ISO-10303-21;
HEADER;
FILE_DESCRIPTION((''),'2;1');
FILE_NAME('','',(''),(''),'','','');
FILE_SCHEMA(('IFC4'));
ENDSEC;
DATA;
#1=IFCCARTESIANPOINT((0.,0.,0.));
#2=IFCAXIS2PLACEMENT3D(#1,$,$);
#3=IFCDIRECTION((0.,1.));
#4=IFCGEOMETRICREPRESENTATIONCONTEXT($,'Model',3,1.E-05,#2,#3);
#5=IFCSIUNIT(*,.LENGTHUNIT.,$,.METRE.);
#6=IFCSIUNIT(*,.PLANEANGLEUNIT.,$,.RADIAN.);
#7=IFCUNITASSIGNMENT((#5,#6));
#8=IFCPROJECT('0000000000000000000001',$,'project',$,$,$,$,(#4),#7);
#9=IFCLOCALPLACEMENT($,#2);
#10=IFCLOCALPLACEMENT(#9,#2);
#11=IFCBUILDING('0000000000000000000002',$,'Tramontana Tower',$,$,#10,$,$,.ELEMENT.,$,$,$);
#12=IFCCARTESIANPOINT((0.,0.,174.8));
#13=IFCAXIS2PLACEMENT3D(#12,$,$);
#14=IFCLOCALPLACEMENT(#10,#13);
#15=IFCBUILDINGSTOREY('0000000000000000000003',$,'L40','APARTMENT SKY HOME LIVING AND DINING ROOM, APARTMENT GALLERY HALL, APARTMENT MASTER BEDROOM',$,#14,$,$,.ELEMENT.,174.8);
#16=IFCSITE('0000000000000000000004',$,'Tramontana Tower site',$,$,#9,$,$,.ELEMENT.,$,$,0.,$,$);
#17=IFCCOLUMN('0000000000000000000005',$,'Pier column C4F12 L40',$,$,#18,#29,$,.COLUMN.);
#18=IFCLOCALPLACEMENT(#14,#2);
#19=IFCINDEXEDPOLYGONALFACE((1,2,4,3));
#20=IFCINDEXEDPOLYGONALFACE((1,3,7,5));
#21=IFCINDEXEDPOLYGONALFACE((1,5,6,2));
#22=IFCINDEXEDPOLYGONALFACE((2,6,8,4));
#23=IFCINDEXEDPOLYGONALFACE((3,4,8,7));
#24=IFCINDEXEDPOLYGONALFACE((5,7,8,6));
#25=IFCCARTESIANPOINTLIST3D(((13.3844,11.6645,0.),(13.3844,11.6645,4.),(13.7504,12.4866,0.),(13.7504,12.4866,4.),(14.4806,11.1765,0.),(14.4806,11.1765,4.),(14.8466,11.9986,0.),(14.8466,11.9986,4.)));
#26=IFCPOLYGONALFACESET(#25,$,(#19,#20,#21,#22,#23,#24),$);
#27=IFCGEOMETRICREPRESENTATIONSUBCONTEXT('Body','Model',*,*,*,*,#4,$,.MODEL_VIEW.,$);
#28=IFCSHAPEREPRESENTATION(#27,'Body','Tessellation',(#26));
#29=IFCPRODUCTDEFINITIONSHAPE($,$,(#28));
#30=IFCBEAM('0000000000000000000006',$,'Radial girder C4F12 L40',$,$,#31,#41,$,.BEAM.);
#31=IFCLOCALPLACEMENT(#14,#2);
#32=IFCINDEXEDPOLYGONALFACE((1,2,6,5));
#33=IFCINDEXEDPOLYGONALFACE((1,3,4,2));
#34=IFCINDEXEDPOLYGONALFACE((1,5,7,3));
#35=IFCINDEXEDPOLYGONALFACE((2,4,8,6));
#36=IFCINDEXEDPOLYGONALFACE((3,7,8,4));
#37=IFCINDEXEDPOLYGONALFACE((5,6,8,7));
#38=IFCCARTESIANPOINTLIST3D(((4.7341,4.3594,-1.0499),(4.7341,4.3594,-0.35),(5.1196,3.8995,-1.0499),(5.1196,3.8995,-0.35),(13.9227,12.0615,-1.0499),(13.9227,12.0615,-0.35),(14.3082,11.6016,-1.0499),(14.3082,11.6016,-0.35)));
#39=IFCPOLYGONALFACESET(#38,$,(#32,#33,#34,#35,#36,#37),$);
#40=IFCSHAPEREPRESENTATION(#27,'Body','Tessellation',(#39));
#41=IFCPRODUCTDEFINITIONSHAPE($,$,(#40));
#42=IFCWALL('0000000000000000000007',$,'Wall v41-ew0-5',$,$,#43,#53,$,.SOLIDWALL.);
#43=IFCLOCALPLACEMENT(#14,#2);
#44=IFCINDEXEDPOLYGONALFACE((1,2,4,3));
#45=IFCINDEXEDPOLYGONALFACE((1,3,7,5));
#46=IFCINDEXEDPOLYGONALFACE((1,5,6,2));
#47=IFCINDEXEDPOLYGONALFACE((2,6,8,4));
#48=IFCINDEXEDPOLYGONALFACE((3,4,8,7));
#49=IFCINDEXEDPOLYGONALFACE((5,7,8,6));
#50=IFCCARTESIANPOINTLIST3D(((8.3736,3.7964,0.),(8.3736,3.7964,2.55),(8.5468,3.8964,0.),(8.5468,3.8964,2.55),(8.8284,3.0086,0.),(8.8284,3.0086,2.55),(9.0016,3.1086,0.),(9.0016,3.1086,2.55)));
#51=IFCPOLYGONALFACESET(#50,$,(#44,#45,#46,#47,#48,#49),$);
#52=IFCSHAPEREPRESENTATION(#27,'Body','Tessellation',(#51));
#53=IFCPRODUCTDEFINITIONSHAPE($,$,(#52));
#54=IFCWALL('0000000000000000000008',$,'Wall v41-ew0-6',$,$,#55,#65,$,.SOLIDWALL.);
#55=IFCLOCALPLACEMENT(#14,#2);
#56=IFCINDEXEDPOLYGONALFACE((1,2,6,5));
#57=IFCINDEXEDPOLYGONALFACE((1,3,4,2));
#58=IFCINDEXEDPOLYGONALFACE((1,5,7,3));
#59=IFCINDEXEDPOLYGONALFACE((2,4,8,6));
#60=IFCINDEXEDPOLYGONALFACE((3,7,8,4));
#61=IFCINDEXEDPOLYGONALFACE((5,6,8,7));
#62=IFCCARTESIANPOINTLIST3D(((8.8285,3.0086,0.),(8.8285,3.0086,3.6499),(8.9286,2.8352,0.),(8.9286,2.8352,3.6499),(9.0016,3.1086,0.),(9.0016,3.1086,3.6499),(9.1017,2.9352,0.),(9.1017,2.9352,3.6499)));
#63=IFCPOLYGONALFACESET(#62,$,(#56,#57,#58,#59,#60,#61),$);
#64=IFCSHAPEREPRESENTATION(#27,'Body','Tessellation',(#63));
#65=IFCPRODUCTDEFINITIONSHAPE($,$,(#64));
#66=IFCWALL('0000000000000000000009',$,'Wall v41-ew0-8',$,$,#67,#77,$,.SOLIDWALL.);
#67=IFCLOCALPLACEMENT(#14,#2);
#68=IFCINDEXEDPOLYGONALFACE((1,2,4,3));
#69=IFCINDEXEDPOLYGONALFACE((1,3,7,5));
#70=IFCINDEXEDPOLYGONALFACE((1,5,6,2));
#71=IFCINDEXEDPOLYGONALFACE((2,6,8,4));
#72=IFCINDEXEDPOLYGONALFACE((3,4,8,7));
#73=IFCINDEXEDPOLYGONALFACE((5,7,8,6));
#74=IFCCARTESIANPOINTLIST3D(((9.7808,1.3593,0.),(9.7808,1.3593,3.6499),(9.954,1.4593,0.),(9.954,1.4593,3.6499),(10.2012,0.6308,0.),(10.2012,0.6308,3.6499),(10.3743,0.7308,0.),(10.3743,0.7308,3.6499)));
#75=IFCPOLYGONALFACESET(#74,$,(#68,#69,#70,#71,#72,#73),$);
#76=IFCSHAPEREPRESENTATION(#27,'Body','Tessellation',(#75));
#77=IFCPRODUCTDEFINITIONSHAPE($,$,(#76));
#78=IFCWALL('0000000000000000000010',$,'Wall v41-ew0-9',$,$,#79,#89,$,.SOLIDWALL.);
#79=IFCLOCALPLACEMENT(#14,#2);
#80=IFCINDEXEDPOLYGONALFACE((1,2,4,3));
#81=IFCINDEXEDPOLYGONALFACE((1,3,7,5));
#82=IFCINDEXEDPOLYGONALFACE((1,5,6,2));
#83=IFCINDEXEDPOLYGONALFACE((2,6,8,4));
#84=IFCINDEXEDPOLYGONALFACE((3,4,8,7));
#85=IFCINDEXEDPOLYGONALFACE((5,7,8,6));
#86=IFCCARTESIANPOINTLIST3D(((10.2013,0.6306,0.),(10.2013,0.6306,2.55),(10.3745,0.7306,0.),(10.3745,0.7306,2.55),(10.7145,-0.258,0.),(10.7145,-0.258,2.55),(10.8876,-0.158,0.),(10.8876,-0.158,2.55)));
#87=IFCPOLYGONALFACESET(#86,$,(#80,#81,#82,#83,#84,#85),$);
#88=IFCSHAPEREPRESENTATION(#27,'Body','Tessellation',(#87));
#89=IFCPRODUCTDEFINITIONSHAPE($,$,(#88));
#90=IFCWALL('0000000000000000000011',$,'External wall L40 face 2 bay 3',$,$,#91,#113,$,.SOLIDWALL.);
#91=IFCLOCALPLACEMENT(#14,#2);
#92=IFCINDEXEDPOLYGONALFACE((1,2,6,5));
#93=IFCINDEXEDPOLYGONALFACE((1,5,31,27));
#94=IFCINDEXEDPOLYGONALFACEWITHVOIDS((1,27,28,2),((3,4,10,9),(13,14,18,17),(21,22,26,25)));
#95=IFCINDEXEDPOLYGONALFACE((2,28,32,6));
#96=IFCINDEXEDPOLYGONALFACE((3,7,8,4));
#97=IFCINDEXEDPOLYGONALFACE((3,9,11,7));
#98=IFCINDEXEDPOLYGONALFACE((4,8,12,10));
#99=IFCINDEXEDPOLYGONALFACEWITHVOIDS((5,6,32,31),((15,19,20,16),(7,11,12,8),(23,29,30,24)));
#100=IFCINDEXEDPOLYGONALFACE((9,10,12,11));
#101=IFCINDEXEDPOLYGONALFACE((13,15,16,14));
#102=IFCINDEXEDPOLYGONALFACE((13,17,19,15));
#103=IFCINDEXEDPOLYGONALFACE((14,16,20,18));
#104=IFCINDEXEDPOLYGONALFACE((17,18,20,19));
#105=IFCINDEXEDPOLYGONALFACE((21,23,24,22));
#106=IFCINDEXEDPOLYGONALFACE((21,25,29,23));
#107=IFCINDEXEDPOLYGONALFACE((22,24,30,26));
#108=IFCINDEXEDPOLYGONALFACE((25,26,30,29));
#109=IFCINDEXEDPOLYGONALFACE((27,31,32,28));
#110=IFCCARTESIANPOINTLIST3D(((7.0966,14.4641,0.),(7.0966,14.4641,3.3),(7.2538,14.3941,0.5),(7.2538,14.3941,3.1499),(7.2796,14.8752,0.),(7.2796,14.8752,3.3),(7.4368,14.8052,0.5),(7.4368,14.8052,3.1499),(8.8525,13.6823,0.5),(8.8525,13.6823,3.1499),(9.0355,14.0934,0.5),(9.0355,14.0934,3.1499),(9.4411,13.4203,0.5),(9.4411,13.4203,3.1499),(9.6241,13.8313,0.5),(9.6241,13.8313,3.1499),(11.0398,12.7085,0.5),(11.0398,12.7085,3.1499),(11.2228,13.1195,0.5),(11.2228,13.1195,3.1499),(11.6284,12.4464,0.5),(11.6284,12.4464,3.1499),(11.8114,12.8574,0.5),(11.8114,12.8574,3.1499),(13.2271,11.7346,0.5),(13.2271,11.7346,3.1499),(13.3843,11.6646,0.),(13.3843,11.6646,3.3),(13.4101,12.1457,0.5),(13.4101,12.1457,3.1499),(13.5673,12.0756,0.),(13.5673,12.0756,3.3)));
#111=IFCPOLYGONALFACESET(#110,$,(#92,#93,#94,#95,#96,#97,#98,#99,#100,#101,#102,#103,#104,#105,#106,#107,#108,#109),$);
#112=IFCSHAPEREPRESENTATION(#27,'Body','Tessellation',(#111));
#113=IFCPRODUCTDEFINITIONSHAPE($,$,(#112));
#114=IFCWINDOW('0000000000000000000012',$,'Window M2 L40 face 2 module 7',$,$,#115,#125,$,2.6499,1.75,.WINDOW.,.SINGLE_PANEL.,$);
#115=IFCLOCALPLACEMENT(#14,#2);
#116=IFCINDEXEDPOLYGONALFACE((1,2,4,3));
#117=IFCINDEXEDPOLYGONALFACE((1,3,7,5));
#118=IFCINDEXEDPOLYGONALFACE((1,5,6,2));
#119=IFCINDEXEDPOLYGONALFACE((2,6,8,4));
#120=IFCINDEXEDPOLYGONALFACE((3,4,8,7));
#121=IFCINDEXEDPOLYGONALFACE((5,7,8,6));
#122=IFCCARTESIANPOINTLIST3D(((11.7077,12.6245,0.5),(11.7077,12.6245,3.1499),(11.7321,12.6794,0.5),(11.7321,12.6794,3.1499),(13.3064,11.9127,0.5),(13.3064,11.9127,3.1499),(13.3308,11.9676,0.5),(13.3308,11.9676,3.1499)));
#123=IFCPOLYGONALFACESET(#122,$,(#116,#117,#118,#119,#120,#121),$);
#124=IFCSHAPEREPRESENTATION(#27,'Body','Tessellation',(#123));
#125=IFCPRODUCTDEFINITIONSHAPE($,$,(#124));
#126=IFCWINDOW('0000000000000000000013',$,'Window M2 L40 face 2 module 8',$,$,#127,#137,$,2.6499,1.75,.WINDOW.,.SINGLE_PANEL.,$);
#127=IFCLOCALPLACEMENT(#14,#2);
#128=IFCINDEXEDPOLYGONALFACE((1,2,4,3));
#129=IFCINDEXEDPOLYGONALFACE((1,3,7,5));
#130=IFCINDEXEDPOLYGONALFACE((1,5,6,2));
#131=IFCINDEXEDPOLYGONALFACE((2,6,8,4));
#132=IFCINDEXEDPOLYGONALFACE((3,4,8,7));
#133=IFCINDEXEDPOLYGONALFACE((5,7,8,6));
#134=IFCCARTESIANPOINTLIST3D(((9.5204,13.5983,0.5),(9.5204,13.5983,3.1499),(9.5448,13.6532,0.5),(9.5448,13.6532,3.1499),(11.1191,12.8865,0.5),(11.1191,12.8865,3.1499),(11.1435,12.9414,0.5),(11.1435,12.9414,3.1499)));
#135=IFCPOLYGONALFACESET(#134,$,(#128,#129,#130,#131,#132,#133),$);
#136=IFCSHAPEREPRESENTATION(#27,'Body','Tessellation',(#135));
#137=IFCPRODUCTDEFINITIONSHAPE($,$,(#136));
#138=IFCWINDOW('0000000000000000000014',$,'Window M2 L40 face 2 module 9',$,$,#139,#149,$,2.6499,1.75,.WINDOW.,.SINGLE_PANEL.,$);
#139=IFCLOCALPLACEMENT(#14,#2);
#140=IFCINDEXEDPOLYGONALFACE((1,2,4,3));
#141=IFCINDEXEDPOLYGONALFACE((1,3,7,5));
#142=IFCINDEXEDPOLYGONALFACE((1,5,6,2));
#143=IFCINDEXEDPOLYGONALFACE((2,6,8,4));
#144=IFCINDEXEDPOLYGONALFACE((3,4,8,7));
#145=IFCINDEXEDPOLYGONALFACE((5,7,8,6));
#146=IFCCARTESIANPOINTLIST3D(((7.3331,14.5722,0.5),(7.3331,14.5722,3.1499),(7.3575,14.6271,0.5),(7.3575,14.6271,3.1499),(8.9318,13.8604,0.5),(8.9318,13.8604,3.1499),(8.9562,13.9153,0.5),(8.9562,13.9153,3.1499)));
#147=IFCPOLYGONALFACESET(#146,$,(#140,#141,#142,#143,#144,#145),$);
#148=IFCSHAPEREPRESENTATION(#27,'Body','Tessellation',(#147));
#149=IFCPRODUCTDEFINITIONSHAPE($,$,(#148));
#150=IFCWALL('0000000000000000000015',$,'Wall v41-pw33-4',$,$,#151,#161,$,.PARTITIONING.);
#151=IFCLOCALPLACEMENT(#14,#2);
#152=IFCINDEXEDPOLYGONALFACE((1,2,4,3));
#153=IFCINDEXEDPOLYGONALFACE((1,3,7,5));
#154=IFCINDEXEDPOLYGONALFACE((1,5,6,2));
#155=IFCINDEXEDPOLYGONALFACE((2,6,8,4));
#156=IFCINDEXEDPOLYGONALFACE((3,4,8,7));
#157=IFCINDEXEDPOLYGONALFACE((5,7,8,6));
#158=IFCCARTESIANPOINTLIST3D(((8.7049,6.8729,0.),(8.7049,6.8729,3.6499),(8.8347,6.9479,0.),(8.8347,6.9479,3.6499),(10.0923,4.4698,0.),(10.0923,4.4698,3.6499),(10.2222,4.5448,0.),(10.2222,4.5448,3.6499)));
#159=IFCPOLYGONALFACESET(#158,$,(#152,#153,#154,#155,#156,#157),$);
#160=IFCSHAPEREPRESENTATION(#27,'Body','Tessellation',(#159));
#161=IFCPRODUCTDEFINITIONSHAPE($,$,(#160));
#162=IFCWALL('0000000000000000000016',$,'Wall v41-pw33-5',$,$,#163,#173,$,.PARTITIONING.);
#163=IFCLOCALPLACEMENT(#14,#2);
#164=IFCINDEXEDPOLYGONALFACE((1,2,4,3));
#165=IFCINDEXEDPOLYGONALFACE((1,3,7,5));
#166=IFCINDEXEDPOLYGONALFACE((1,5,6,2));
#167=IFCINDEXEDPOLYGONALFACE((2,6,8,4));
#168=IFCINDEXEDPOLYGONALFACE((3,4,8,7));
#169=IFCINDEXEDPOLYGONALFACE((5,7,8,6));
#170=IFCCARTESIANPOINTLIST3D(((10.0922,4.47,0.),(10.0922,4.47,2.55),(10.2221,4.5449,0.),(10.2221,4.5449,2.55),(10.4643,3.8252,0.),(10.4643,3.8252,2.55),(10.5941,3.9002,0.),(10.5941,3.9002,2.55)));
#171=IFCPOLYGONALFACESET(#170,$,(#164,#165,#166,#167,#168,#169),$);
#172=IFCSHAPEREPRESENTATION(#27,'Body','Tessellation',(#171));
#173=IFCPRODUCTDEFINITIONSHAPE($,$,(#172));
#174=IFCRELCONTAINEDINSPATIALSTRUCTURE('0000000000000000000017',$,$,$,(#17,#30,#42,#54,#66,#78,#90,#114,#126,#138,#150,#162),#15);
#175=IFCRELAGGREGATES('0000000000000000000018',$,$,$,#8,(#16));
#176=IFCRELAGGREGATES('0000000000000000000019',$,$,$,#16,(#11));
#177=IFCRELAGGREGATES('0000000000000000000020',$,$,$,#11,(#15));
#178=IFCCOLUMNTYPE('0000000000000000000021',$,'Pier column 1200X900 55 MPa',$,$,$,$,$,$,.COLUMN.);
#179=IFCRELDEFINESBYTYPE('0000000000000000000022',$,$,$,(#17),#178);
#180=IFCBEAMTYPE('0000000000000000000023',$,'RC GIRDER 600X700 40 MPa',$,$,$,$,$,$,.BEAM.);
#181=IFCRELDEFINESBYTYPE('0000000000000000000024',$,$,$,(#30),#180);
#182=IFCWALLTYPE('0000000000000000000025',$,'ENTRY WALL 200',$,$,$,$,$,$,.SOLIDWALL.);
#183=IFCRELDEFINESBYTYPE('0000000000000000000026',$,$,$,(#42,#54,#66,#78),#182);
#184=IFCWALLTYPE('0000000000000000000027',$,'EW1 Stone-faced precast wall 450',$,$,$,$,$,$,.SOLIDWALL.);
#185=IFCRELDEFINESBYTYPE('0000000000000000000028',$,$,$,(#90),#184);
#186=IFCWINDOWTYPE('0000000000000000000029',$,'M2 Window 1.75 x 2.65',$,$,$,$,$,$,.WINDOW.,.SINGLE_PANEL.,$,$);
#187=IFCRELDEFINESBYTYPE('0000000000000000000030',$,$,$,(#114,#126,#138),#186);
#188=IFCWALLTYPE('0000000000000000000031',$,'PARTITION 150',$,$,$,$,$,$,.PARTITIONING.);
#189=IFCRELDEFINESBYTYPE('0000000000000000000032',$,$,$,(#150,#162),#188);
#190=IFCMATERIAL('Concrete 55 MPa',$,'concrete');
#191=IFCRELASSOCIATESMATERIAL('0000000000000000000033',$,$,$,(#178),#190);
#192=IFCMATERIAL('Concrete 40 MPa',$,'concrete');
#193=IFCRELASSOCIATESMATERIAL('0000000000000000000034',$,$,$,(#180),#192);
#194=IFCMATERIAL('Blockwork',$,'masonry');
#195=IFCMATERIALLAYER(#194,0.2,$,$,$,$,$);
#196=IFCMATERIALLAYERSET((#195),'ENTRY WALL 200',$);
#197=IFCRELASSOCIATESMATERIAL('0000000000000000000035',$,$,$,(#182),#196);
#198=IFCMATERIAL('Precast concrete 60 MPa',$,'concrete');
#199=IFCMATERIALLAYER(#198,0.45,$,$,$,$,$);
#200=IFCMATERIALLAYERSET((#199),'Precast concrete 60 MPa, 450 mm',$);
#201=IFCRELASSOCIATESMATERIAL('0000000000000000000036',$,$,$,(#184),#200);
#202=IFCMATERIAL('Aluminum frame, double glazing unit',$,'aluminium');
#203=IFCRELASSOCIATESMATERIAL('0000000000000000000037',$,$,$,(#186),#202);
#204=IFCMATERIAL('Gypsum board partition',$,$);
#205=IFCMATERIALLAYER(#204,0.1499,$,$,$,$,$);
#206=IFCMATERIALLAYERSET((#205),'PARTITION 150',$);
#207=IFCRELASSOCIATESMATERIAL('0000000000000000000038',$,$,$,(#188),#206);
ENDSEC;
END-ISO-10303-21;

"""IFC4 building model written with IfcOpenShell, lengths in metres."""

from ifc_helpers import new_model, si_unit, direction, frame, frame_2d, origin, origin_2d, place, context, subcontext, project, spatial, rectangle, extrude, material, layer, layer_set, material_profile, profile_set, type_object, element, fill, save


model = new_model("IFC4")

# Units and contexts
model_context = context("Model", 3, precision=1e-05, world=origin(), true_north=direction((0.0, 1.0)))
body_context = subcontext(model_context, "Body", "Model", "MODEL_VIEW")
ifc_project = project(units=[si_unit("LENGTHUNIT", "METRE"), si_unit("PLANEANGLEUNIT", "RADIAN")], contexts=[model_context])

# Site, building, storey
site_placement = place(None, origin())
site = spatial("IfcSite", under=ifc_project, at=site_placement, Name="Tramontana Tower site", CompositionType="ELEMENT", RefElevation=0.0)
building_placement = place(site_placement, origin())
building = spatial("IfcBuilding", under=site, at=building_placement, Name="Tramontana Tower", CompositionType="ELEMENT")
storey_placement = place(building_placement, frame((0.0, 0.0, 174.8)))
storey = spatial("IfcBuildingStorey", under=building, at=storey_placement, Name="L40", Description="APARTMENT SKY HOME LIVING AND DINING ROOM, APARTMENT GALLERY HALL, APARTMENT MASTER BEDROOM", CompositionType="ELEMENT", Elevation=174.8)

# Column
ifc_material_1 = material(Name="Concrete 55 MPa", Category="concrete")
ifc_material_profile_1 = material_profile(ifc_material_1, rectangle(XDim=1.2, YDim=0.8999, at=origin_2d()), Name="Pier column 1200X900 55 MPa")
ifc_profile_set_1 = profile_set([ifc_material_profile_1], Name="Concrete 55 MPa")
column_type = type_object("IfcColumnType", Name="Pier column 1200X900 55 MPa", PredefinedType="COLUMN", material=ifc_profile_set_1)
column_placement = place(storey_placement, frame((14.1155, 11.8315, 0.0), z_axis=(0.0, 0.0, 1.0), x_axis=(-0.913545, 0.406737, 0.0)))
element("IfcColumn", 1, at=column_placement, inside=storey, type_object=column_type, Name="Pier column C4F12 L40", PredefinedType="COLUMN", context=body_context, shape_type="SweptSolid", body=[
    extrude(rectangle(XDim=1.2, YDim=0.8999, at=origin_2d()), origin(), (0.0, 0.0, 1.0), 4.0),
])

# Beam
ifc_material_2 = material(Name="Concrete 40 MPa", Category="concrete")
ifc_material_profile_2 = material_profile(ifc_material_2, rectangle(XDim=0.6001, YDim=0.7, at=origin_2d()), Name="RC GIRDER 600X700 40 MPa")
ifc_profile_set_2 = profile_set([ifc_material_profile_2], Name="Concrete 40 MPa")
beam_type = type_object("IfcBeamType", Name="RC GIRDER 600X700 40 MPa", PredefinedType="BEAM", material=ifc_profile_set_2)
beam_placement = place(storey_placement, frame((14.1155, 11.8315, -0.7), z_axis=(-0.766377, -0.642391, 0.0), x_axis=(0.642391, -0.766377, 0.0)))
element("IfcBeam", 2, at=beam_placement, inside=storey, type_object=beam_type, Name="Radial girder C4F12 L40", PredefinedType="BEAM", context=body_context, shape_type="SweptSolid", body=[
    extrude(rectangle(XDim=0.6001, YDim=0.7, at=origin_2d()), origin(), (0.0, 0.0, 1.0), 11.9897),
])

# Walls
ifc_material_3 = material(Name="Blockwork", Category="masonry")
ifc_layer_1 = layer(ifc_material_3, 0.2)
ifc_layer_set_1 = layer_set([ifc_layer_1], Name="ENTRY WALL 200")
wall_type_1 = type_object("IfcWallType", Name="ENTRY WALL 200", PredefinedType="SOLIDWALL", material=ifc_layer_set_1)
wall_1_placement = place(storey_placement, frame((8.4602, 3.8464, 0.0), z_axis=(0.0, 0.0, 1.0), x_axis=(0.499978, -0.866038, 0.0)))
element("IfcWall", 3, at=wall_1_placement, inside=storey, type_object=wall_type_1, Name="Wall v41-ew0-5", PredefinedType="SOLIDWALL", context=body_context, shape_type="SweptSolid", body=[
    extrude(rectangle(XDim=0.9097, YDim=0.2, at=frame_2d((0.4548, 0.0))), origin(), (0.0, 0.0, 1.0), 2.55),
])
wall_2_placement = place(storey_placement, frame((8.915, 3.0586, 0.0), z_axis=(0.0, 0.0, 1.0), x_axis=(0.500074, -0.865982, 0.0)))
element("IfcWall", 4, at=wall_2_placement, inside=storey, type_object=wall_type_1, Name="Wall v41-ew0-6", PredefinedType="SOLIDWALL", context=body_context, shape_type="SweptSolid", body=[
    extrude(rectangle(XDim=0.2002, YDim=0.2, at=frame_2d((0.1001, 0.0))), origin(), (0.0, 0.0, 1.0), 3.6499),
])

# Walls
wall_3_placement = place(storey_placement, frame((9.8674, 1.4092, 0.0), z_axis=(0.0, 0.0, 1.0), x_axis=(0.499823, -0.866128, 0.0)))
element("IfcWall", 5, at=wall_3_placement, inside=storey, type_object=wall_type_1, Name="Wall v41-ew0-8", PredefinedType="SOLIDWALL", context=body_context, shape_type="SweptSolid", body=[
    extrude(rectangle(XDim=0.8411, YDim=0.2, at=frame_2d((0.4204, 0.0))), origin(), (0.0, 0.0, 1.0), 3.6499),
])
wall_4_placement = place(storey_placement, frame((10.2878, 0.6807, 0.0), z_axis=(0.0, 0.0, 1.0), x_axis=(0.500079, -0.86598, 0.0)))
element("IfcWall", 6, at=wall_4_placement, inside=storey, type_object=wall_type_1, Name="Wall v41-ew0-9", PredefinedType="SOLIDWALL", context=body_context, shape_type="SweptSolid", body=[
    extrude(rectangle(XDim=1.0261, YDim=0.2, at=frame_2d((0.5132, 0.0))), origin(), (0.0, 0.0, 1.0), 2.55),
])

# Wall, openings, windows
ifc_material_4 = material(Name="Precast concrete 60 MPa", Category="concrete")
ifc_layer_2 = layer(ifc_material_4, 0.45)
ifc_layer_set_2 = layer_set([ifc_layer_2], Name="Precast concrete 60 MPa, 450 mm")
wall_type_2 = type_object("IfcWallType", Name="EW1 Stone-faced precast wall 450", PredefinedType="SOLIDWALL", material=ifc_layer_set_2)
wall_5_placement = place(storey_placement, frame((13.4758, 11.8701, 0.0), z_axis=(0.0, 0.0, 1.0), x_axis=(-0.913544, 0.406741, 0.0)))
wall_5 = element("IfcWall", 7, at=wall_5_placement, inside=storey, type_object=wall_type_2, Name="External wall L40 face 2 bay 3", PredefinedType="SOLIDWALL", context=body_context, shape_type="SweptSolid", body=[
    extrude(rectangle(XDim=6.8828, YDim=0.45, at=frame_2d((3.4414, 0.0))), origin(), (0.0, 0.0, 1.0), 3.3),
])
opening_1_placement = place(wall_5_placement, frame((0.1721, 0.0, 0.5)))
opening_1 = element("IfcOpeningElement", 8, at=opening_1_placement, cuts=wall_5, PredefinedType="OPENING", context=body_context, shape_type="SweptSolid", body=[
    extrude(rectangle(XDim=1.75, YDim=2.6499, at=frame_2d((0.875, 1.325))), frame((0.0, 0.2349, 0.0), z_axis=(0.0, -1.0, 0.0), x_axis=(1.0, 0.0, 0.0)), (0.0, 0.0, 1.0), 0.47),
])
opening_2_placement = place(wall_5_placement, frame((2.5664, 0.0, 0.5)))
opening_2 = element("IfcOpeningElement", 9, at=opening_2_placement, cuts=wall_5, PredefinedType="OPENING", context=body_context, shape_type="SweptSolid", body=[
    extrude(rectangle(XDim=1.75, YDim=2.6499, at=frame_2d((0.875, 1.325))), frame((0.0, 0.2349, 0.0), z_axis=(0.0, -1.0, 0.0), x_axis=(1.0, 0.0, 0.0)), (0.0, 0.0, 1.0), 0.47),
])
opening_3_placement = place(wall_5_placement, frame((4.9607, 0.0, 0.5)))
opening_3 = element("IfcOpeningElement", 10, at=opening_3_placement, cuts=wall_5, PredefinedType="OPENING", context=body_context, shape_type="SweptSolid", body=[
    extrude(rectangle(XDim=1.75, YDim=2.6499, at=frame_2d((0.875, 1.325))), frame((0.0, 0.2349, 0.0), z_axis=(0.0, -1.0, 0.0), x_axis=(1.0, 0.0, 0.0)), (0.0, 0.0, 1.0), 0.47),
])
ifc_material_5 = material(Name="Aluminum frame, double glazing unit", Category="aluminium")
window_type = type_object("IfcWindowType", Name="M2 Window 1.75 x 2.65", PartitioningType="SINGLE_PANEL", PredefinedType="WINDOW", material=ifc_material_5)
window_1_placement = place(opening_1_placement, origin())
window_1 = element("IfcWindow", 11, at=window_1_placement, inside=storey, type_object=window_type, Name="Window M2 L40 face 2 module 7", OverallHeight=2.6499, OverallWidth=1.75, PartitioningType="SINGLE_PANEL", PredefinedType="WINDOW", context=body_context, shape_type="SweptSolid", body=[
    extrude(rectangle(XDim=1.75, YDim=2.6499, at=frame_2d((0.875, 1.325))), frame((0.0, 0.03, 0.0), z_axis=(0.0, -1.0, 0.0), x_axis=(1.0, 0.0, 0.0)), (0.0, 0.0, 1.0), 0.0601),
])
fill(opening_1, window_1)
window_2_placement = place(opening_2_placement, origin())
window_2 = element("IfcWindow", 12, at=window_2_placement, inside=storey, type_object=window_type, Name="Window M2 L40 face 2 module 8", OverallHeight=2.6499, OverallWidth=1.75, PartitioningType="SINGLE_PANEL", PredefinedType="WINDOW", context=body_context, shape_type="SweptSolid", body=[
    extrude(rectangle(XDim=1.75, YDim=2.6499, at=frame_2d((0.875, 1.325))), frame((0.0, 0.03, 0.0), z_axis=(0.0, -1.0, 0.0), x_axis=(1.0, 0.0, 0.0)), (0.0, 0.0, 1.0), 0.0601),
])
fill(opening_2, window_2)
window_3_placement = place(opening_3_placement, origin())
window_3 = element("IfcWindow", 13, at=window_3_placement, inside=storey, type_object=window_type, Name="Window M2 L40 face 2 module 9", OverallHeight=2.6499, OverallWidth=1.75, PartitioningType="SINGLE_PANEL", PredefinedType="WINDOW", context=body_context, shape_type="SweptSolid", body=[
    extrude(rectangle(XDim=1.75, YDim=2.6499, at=frame_2d((0.875, 1.325))), frame((0.0, 0.03, 0.0), z_axis=(0.0, -1.0, 0.0), x_axis=(1.0, 0.0, 0.0)), (0.0, 0.0, 1.0), 0.0601),
])
fill(opening_3, window_3)

# Walls
ifc_material_6 = material(Name="Gypsum board partition")
ifc_layer_3 = layer(ifc_material_6, 0.1499)
ifc_layer_set_3 = layer_set([ifc_layer_3], Name="PARTITION 150")
wall_type_3 = type_object("IfcWallType", Name="PARTITION 150", PredefinedType="PARTITIONING", material=ifc_layer_set_3)
wall_6_placement = place(storey_placement, frame((8.7698, 6.9104, 0.0), z_axis=(0.0, 0.0, 1.0), x_axis=(0.500009, -0.86602, 0.0)))
element("IfcWall", 14, at=wall_6_placement, inside=storey, type_object=wall_type_3, Name="Wall v41-pw33-4", PredefinedType="PARTITIONING", context=body_context, shape_type="SweptSolid", body=[
    extrude(rectangle(XDim=2.7749, YDim=0.1499, at=frame_2d((1.3875, 0.0))), origin(), (0.0, 0.0, 1.0), 3.6499),
])
wall_7_placement = place(storey_placement, frame((10.1572, 4.5073, 0.0), z_axis=(0.0, 0.0, 1.0), x_axis=(0.499808, -0.866136, 0.0)))
element("IfcWall", 15, at=wall_7_placement, inside=storey, type_object=wall_type_3, Name="Wall v41-pw33-5", PredefinedType="PARTITIONING", context=body_context, shape_type="SweptSolid", body=[
    extrude(rectangle(XDim=0.7444, YDim=0.1499, at=frame_2d((0.3721, 0.0))), origin(), (0.0, 0.0, 1.0), 2.55),
])

save(model, "model.ifc")
